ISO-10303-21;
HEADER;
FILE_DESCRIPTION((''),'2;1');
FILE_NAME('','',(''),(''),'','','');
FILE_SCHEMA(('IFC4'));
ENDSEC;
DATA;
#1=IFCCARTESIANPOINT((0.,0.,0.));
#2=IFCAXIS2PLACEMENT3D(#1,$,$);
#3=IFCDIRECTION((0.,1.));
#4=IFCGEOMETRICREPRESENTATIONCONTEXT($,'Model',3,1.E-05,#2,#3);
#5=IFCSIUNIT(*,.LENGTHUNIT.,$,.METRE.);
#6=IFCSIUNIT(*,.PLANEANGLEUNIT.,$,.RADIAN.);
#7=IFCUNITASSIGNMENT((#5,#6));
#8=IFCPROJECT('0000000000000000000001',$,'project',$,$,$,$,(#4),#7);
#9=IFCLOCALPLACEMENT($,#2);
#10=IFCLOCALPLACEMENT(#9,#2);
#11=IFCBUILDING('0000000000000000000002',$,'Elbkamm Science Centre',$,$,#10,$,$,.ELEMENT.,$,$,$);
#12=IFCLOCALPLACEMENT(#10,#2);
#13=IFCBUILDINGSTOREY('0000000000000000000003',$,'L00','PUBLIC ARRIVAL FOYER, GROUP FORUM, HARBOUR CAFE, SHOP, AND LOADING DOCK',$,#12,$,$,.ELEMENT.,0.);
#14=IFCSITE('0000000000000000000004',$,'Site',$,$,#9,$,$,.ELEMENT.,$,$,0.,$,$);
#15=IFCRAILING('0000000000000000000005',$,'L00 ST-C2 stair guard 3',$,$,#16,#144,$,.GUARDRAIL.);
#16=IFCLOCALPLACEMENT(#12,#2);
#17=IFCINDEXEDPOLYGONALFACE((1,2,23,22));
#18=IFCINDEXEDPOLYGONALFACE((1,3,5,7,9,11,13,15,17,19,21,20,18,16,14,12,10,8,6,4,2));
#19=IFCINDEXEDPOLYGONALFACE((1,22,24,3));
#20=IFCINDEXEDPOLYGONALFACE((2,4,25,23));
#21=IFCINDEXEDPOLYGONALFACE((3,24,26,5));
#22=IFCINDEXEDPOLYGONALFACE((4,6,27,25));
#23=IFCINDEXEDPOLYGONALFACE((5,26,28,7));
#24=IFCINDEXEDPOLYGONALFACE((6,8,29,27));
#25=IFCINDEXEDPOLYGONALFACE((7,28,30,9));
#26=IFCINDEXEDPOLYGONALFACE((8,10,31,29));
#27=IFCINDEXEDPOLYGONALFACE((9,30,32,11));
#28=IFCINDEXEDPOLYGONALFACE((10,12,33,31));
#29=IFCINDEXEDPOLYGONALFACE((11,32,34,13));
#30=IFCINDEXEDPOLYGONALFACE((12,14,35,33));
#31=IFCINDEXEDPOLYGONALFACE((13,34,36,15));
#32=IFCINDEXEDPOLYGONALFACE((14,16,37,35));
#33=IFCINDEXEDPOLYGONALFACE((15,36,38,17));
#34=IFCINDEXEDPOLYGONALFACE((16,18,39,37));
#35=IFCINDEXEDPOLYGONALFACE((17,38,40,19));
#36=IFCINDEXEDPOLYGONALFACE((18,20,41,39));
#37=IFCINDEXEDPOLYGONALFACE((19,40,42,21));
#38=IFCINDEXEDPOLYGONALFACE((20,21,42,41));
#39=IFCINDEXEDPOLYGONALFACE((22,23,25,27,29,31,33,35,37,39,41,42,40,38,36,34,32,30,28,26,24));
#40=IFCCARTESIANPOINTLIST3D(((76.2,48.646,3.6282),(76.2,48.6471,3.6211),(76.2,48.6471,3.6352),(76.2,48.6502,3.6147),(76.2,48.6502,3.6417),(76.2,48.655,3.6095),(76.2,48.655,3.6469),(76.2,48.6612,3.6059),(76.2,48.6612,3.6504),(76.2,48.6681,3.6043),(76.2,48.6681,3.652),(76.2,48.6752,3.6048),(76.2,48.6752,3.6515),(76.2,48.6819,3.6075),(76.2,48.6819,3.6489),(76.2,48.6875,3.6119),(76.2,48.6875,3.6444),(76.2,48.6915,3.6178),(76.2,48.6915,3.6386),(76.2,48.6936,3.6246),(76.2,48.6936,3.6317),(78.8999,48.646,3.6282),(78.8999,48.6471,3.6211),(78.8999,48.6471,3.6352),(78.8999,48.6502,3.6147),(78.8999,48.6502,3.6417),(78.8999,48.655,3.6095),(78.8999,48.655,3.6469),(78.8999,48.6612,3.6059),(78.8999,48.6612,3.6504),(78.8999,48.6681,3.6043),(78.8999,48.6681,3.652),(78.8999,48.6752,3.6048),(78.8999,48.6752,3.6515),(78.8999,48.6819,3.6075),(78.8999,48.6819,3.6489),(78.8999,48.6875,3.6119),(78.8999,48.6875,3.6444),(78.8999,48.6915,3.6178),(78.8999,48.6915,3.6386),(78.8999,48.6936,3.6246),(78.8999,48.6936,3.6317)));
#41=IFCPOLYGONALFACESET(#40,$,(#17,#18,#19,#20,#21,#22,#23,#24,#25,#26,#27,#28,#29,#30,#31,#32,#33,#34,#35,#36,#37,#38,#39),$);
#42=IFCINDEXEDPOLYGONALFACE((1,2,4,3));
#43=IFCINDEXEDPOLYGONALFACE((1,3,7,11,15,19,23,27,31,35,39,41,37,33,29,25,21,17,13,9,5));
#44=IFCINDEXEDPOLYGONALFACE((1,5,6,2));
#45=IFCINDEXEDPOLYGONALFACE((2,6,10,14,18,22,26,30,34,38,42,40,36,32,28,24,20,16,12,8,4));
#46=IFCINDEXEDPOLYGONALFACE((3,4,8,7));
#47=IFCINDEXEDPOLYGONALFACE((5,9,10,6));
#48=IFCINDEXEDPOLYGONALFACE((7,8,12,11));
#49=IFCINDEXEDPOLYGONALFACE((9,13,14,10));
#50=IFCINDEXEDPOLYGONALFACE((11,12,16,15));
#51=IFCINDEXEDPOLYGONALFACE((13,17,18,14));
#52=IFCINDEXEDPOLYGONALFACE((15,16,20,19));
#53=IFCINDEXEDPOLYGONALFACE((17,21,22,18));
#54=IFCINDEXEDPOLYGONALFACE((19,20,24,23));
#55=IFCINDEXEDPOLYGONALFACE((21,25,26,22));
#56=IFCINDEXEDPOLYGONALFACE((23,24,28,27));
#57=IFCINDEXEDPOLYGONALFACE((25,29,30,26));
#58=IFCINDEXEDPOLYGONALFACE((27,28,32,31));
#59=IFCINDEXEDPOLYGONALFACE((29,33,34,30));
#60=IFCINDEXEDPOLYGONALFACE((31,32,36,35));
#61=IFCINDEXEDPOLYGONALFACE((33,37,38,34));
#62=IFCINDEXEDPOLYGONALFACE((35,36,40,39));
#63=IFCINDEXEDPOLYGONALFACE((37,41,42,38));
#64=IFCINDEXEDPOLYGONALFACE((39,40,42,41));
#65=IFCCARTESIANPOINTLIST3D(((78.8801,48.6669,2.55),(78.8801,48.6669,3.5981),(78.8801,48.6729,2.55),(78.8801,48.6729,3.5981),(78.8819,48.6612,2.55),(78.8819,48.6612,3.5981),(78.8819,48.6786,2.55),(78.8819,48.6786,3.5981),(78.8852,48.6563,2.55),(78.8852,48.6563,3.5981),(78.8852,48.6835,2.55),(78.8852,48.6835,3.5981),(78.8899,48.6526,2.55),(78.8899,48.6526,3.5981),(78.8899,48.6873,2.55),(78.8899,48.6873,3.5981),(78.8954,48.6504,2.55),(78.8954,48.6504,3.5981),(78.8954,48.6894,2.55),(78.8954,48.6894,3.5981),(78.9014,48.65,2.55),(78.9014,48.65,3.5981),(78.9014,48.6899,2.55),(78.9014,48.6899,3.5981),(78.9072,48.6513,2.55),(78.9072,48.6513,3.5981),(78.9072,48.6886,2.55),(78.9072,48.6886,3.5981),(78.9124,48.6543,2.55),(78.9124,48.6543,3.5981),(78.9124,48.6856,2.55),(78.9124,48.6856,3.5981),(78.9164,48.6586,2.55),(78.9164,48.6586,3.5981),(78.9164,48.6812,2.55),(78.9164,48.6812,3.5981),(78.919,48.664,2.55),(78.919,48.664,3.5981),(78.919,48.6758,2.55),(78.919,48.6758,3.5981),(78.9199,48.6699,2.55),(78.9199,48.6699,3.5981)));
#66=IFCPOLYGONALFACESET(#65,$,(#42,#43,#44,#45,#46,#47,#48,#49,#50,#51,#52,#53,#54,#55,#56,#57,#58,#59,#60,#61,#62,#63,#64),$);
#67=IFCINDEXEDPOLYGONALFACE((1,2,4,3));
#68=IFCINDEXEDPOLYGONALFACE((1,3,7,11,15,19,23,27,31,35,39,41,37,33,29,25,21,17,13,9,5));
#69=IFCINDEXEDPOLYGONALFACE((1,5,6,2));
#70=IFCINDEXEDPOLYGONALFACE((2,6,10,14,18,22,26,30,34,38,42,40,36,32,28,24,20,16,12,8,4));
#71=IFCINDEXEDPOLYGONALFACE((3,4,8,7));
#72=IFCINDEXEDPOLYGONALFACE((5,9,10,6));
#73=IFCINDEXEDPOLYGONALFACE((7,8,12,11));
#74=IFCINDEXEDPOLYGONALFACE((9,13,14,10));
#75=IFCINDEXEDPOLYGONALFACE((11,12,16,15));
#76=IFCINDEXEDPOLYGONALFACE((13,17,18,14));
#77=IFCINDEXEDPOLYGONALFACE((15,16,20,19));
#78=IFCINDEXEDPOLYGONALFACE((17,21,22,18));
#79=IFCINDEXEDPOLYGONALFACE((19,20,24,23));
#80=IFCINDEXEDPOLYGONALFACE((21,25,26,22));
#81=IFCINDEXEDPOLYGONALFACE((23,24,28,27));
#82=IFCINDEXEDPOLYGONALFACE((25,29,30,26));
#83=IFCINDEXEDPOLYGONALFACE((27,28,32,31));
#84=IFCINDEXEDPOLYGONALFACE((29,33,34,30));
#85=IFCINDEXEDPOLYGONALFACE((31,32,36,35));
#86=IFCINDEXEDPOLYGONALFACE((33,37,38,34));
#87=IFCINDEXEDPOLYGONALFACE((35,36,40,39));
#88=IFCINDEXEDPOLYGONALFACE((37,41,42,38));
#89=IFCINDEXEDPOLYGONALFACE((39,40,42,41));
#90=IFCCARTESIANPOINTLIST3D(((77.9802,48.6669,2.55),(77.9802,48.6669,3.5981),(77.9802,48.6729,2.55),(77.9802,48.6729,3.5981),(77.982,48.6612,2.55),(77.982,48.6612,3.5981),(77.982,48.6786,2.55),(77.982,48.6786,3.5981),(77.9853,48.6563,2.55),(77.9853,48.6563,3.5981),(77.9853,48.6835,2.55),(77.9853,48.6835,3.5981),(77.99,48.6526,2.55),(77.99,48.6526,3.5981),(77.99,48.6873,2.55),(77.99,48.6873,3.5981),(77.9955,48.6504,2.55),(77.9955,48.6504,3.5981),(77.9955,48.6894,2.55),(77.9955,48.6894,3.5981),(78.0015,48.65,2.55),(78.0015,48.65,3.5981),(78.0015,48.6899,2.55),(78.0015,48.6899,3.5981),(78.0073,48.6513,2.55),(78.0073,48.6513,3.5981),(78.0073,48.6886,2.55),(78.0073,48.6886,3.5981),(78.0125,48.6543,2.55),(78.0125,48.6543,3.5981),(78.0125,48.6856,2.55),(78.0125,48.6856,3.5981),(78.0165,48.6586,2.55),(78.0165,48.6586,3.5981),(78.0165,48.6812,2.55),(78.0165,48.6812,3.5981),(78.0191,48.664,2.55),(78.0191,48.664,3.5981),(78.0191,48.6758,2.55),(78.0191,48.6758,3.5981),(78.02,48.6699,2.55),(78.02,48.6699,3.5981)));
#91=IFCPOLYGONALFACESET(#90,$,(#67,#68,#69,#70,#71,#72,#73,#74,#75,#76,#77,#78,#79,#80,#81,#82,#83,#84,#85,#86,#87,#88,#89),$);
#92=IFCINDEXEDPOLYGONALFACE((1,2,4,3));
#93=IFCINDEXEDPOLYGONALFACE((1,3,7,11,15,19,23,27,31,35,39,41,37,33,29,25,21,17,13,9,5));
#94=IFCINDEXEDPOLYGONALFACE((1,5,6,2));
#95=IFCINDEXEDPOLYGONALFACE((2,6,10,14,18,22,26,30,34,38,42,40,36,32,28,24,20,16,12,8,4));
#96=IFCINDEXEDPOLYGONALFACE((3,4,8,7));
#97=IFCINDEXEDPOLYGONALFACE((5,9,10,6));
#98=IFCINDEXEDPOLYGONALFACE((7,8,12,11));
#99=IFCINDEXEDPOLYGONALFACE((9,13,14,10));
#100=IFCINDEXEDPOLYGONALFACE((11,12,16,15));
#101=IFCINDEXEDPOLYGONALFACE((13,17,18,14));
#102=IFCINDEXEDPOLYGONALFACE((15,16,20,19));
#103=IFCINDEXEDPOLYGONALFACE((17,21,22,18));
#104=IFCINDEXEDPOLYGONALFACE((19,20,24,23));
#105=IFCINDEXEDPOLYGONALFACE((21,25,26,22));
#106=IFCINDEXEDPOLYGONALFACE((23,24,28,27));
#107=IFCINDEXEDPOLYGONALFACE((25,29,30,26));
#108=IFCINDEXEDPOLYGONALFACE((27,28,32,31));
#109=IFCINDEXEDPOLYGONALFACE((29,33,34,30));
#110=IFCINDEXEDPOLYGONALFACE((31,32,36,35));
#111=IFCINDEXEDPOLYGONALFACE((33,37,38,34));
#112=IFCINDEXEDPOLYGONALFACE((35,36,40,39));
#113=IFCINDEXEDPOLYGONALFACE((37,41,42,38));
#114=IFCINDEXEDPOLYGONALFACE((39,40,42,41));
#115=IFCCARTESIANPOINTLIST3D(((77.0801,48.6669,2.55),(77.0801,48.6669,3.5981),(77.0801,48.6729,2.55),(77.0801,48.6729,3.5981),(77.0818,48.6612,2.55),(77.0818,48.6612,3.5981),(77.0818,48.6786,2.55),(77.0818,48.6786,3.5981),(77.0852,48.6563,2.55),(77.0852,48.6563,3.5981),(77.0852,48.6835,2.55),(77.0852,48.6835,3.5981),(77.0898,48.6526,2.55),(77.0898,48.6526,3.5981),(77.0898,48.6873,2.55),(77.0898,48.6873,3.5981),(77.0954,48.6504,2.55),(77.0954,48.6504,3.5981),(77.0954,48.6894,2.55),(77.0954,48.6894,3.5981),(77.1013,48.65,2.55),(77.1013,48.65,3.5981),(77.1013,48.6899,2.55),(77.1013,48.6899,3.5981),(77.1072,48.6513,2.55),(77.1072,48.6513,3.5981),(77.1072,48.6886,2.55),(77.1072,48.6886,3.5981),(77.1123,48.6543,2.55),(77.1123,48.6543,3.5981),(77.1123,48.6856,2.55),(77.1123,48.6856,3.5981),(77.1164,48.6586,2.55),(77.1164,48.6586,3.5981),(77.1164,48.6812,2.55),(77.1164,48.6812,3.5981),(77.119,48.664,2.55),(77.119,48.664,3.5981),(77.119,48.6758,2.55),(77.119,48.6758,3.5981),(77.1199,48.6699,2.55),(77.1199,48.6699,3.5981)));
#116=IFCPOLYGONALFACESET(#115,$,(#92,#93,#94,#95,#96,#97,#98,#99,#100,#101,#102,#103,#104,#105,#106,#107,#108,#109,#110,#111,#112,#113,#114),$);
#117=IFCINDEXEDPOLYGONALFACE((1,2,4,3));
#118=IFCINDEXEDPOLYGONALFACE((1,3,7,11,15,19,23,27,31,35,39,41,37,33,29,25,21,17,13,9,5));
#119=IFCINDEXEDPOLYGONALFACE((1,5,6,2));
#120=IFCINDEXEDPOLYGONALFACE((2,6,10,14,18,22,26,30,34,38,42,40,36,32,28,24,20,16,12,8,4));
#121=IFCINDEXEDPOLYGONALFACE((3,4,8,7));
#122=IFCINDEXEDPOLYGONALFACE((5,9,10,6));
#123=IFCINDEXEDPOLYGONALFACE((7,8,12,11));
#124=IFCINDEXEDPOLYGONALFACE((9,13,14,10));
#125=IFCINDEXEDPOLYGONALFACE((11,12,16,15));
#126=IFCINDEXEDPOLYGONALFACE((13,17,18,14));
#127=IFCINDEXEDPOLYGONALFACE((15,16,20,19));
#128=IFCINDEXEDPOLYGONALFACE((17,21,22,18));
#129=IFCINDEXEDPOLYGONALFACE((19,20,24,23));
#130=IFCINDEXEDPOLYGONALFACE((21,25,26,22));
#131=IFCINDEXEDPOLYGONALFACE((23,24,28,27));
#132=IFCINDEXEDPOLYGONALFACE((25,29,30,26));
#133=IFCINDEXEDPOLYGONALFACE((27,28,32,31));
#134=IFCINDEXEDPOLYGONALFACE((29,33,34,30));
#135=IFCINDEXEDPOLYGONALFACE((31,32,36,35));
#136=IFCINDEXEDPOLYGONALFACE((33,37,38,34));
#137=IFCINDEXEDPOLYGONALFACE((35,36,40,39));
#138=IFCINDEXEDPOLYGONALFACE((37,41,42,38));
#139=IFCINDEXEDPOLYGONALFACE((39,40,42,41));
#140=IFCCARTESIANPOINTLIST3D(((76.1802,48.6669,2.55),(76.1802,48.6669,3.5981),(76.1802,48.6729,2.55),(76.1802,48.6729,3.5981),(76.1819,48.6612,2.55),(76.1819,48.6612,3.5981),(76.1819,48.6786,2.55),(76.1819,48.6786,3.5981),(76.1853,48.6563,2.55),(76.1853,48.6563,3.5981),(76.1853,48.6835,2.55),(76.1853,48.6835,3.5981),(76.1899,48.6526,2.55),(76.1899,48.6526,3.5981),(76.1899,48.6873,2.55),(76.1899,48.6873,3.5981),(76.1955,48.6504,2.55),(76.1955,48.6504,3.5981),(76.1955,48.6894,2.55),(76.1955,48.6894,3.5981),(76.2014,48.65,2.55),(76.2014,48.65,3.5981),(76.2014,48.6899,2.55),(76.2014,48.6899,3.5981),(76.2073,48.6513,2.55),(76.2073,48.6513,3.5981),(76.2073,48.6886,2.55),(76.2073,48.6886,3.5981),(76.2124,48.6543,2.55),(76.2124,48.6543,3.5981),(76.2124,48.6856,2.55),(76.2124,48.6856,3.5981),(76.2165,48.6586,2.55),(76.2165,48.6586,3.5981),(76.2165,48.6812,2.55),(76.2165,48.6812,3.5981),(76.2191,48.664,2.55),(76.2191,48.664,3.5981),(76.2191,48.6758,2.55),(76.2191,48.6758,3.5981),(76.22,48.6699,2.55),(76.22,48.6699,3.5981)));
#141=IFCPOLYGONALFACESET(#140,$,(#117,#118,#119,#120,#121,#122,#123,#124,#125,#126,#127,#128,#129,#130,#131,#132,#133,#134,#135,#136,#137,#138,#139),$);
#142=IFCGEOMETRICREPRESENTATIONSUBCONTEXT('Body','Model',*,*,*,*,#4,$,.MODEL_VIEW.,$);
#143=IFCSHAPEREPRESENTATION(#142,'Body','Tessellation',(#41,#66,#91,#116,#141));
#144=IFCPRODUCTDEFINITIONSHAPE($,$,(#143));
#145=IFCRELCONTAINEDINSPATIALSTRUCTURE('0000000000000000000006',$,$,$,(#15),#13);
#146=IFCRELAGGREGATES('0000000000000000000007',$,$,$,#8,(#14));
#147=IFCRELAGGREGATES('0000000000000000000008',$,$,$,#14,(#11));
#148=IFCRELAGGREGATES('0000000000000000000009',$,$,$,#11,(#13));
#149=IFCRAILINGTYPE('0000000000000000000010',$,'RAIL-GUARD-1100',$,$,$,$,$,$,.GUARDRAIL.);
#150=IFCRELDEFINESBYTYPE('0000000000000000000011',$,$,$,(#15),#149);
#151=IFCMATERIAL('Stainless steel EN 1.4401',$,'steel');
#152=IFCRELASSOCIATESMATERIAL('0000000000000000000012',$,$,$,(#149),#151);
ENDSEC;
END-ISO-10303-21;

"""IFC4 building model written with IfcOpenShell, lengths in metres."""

from ifc_helpers import new_model, si_unit, direction, frame, origin, origin_2d, place, context, subcontext, project, spatial, circle, extrude, material, type_object, element, save


model = new_model("IFC4")

# Units and contexts
model_context = context("Model", 3, precision=1e-05, world=origin(), true_north=direction((0.0, 1.0)))
body_context = subcontext(model_context, "Body", "Model", "MODEL_VIEW")
ifc_project = project(units=[si_unit("LENGTHUNIT", "METRE"), si_unit("PLANEANGLEUNIT", "RADIAN")], contexts=[model_context])

# Site, building, storey
site_placement = place(None, origin())
site = spatial("IfcSite", under=ifc_project, at=site_placement, Name="Site", CompositionType="ELEMENT", RefElevation=0.0)
building_placement = place(site_placement, origin())
building = spatial("IfcBuilding", under=site, at=building_placement, Name="Elbkamm Science Centre", CompositionType="ELEMENT")
storey_placement = place(building_placement, origin())
storey = spatial("IfcBuildingStorey", under=building, at=storey_placement, Name="L00", Description="PUBLIC ARRIVAL FOYER, GROUP FORUM, HARBOUR CAFE, SHOP, AND LOADING DOCK", CompositionType="ELEMENT", Elevation=0.0)

# Railing
ifc_material_1 = material(Name="Stainless steel EN 1.4401", Category="steel")
railing_type_1 = type_object("IfcRailingType", Name="RAIL-GUARD-1100", PredefinedType="GUARDRAIL", material=ifc_material_1)
for number, where, name in (
    (1, (78.8999, 48.6699, 2.55), "L00 ST-C2 stair guard 3"),
):
    element("IfcRailing", number, at=place(storey_placement, frame(where)), inside=storey, type_object=railing_type_1, Name=name, PredefinedType="GUARDRAIL", context=body_context, shape_type="SweptSolid", body=[
        extrude(circle(Radius=0.0239, at=origin_2d()), frame((0.0, 0.0, 1.0781), z_axis=(-1.0, 0.0, 0.0), x_axis=(0.0, -1.0, 0.0)), (0.0, 0.0, 1.0), 2.7),
        extrude(circle(Radius=0.02, at=origin_2d()), origin(), (0.0, 0.0, 1.0), 1.0481),
        extrude(circle(Radius=0.02, at=origin_2d()), frame((-0.8999, 0.0, 0.0)), (0.0, 0.0, 1.0), 1.0481),
        extrude(circle(Radius=0.02, at=origin_2d()), frame((-1.8, 0.0, 0.0)), (0.0, 0.0, 1.0), 1.0481),
        extrude(circle(Radius=0.02, at=origin_2d()), frame((-2.7, 0.0, 0.0)), (0.0, 0.0, 1.0), 1.0481),
    ])

save(model, "model.ifc")
